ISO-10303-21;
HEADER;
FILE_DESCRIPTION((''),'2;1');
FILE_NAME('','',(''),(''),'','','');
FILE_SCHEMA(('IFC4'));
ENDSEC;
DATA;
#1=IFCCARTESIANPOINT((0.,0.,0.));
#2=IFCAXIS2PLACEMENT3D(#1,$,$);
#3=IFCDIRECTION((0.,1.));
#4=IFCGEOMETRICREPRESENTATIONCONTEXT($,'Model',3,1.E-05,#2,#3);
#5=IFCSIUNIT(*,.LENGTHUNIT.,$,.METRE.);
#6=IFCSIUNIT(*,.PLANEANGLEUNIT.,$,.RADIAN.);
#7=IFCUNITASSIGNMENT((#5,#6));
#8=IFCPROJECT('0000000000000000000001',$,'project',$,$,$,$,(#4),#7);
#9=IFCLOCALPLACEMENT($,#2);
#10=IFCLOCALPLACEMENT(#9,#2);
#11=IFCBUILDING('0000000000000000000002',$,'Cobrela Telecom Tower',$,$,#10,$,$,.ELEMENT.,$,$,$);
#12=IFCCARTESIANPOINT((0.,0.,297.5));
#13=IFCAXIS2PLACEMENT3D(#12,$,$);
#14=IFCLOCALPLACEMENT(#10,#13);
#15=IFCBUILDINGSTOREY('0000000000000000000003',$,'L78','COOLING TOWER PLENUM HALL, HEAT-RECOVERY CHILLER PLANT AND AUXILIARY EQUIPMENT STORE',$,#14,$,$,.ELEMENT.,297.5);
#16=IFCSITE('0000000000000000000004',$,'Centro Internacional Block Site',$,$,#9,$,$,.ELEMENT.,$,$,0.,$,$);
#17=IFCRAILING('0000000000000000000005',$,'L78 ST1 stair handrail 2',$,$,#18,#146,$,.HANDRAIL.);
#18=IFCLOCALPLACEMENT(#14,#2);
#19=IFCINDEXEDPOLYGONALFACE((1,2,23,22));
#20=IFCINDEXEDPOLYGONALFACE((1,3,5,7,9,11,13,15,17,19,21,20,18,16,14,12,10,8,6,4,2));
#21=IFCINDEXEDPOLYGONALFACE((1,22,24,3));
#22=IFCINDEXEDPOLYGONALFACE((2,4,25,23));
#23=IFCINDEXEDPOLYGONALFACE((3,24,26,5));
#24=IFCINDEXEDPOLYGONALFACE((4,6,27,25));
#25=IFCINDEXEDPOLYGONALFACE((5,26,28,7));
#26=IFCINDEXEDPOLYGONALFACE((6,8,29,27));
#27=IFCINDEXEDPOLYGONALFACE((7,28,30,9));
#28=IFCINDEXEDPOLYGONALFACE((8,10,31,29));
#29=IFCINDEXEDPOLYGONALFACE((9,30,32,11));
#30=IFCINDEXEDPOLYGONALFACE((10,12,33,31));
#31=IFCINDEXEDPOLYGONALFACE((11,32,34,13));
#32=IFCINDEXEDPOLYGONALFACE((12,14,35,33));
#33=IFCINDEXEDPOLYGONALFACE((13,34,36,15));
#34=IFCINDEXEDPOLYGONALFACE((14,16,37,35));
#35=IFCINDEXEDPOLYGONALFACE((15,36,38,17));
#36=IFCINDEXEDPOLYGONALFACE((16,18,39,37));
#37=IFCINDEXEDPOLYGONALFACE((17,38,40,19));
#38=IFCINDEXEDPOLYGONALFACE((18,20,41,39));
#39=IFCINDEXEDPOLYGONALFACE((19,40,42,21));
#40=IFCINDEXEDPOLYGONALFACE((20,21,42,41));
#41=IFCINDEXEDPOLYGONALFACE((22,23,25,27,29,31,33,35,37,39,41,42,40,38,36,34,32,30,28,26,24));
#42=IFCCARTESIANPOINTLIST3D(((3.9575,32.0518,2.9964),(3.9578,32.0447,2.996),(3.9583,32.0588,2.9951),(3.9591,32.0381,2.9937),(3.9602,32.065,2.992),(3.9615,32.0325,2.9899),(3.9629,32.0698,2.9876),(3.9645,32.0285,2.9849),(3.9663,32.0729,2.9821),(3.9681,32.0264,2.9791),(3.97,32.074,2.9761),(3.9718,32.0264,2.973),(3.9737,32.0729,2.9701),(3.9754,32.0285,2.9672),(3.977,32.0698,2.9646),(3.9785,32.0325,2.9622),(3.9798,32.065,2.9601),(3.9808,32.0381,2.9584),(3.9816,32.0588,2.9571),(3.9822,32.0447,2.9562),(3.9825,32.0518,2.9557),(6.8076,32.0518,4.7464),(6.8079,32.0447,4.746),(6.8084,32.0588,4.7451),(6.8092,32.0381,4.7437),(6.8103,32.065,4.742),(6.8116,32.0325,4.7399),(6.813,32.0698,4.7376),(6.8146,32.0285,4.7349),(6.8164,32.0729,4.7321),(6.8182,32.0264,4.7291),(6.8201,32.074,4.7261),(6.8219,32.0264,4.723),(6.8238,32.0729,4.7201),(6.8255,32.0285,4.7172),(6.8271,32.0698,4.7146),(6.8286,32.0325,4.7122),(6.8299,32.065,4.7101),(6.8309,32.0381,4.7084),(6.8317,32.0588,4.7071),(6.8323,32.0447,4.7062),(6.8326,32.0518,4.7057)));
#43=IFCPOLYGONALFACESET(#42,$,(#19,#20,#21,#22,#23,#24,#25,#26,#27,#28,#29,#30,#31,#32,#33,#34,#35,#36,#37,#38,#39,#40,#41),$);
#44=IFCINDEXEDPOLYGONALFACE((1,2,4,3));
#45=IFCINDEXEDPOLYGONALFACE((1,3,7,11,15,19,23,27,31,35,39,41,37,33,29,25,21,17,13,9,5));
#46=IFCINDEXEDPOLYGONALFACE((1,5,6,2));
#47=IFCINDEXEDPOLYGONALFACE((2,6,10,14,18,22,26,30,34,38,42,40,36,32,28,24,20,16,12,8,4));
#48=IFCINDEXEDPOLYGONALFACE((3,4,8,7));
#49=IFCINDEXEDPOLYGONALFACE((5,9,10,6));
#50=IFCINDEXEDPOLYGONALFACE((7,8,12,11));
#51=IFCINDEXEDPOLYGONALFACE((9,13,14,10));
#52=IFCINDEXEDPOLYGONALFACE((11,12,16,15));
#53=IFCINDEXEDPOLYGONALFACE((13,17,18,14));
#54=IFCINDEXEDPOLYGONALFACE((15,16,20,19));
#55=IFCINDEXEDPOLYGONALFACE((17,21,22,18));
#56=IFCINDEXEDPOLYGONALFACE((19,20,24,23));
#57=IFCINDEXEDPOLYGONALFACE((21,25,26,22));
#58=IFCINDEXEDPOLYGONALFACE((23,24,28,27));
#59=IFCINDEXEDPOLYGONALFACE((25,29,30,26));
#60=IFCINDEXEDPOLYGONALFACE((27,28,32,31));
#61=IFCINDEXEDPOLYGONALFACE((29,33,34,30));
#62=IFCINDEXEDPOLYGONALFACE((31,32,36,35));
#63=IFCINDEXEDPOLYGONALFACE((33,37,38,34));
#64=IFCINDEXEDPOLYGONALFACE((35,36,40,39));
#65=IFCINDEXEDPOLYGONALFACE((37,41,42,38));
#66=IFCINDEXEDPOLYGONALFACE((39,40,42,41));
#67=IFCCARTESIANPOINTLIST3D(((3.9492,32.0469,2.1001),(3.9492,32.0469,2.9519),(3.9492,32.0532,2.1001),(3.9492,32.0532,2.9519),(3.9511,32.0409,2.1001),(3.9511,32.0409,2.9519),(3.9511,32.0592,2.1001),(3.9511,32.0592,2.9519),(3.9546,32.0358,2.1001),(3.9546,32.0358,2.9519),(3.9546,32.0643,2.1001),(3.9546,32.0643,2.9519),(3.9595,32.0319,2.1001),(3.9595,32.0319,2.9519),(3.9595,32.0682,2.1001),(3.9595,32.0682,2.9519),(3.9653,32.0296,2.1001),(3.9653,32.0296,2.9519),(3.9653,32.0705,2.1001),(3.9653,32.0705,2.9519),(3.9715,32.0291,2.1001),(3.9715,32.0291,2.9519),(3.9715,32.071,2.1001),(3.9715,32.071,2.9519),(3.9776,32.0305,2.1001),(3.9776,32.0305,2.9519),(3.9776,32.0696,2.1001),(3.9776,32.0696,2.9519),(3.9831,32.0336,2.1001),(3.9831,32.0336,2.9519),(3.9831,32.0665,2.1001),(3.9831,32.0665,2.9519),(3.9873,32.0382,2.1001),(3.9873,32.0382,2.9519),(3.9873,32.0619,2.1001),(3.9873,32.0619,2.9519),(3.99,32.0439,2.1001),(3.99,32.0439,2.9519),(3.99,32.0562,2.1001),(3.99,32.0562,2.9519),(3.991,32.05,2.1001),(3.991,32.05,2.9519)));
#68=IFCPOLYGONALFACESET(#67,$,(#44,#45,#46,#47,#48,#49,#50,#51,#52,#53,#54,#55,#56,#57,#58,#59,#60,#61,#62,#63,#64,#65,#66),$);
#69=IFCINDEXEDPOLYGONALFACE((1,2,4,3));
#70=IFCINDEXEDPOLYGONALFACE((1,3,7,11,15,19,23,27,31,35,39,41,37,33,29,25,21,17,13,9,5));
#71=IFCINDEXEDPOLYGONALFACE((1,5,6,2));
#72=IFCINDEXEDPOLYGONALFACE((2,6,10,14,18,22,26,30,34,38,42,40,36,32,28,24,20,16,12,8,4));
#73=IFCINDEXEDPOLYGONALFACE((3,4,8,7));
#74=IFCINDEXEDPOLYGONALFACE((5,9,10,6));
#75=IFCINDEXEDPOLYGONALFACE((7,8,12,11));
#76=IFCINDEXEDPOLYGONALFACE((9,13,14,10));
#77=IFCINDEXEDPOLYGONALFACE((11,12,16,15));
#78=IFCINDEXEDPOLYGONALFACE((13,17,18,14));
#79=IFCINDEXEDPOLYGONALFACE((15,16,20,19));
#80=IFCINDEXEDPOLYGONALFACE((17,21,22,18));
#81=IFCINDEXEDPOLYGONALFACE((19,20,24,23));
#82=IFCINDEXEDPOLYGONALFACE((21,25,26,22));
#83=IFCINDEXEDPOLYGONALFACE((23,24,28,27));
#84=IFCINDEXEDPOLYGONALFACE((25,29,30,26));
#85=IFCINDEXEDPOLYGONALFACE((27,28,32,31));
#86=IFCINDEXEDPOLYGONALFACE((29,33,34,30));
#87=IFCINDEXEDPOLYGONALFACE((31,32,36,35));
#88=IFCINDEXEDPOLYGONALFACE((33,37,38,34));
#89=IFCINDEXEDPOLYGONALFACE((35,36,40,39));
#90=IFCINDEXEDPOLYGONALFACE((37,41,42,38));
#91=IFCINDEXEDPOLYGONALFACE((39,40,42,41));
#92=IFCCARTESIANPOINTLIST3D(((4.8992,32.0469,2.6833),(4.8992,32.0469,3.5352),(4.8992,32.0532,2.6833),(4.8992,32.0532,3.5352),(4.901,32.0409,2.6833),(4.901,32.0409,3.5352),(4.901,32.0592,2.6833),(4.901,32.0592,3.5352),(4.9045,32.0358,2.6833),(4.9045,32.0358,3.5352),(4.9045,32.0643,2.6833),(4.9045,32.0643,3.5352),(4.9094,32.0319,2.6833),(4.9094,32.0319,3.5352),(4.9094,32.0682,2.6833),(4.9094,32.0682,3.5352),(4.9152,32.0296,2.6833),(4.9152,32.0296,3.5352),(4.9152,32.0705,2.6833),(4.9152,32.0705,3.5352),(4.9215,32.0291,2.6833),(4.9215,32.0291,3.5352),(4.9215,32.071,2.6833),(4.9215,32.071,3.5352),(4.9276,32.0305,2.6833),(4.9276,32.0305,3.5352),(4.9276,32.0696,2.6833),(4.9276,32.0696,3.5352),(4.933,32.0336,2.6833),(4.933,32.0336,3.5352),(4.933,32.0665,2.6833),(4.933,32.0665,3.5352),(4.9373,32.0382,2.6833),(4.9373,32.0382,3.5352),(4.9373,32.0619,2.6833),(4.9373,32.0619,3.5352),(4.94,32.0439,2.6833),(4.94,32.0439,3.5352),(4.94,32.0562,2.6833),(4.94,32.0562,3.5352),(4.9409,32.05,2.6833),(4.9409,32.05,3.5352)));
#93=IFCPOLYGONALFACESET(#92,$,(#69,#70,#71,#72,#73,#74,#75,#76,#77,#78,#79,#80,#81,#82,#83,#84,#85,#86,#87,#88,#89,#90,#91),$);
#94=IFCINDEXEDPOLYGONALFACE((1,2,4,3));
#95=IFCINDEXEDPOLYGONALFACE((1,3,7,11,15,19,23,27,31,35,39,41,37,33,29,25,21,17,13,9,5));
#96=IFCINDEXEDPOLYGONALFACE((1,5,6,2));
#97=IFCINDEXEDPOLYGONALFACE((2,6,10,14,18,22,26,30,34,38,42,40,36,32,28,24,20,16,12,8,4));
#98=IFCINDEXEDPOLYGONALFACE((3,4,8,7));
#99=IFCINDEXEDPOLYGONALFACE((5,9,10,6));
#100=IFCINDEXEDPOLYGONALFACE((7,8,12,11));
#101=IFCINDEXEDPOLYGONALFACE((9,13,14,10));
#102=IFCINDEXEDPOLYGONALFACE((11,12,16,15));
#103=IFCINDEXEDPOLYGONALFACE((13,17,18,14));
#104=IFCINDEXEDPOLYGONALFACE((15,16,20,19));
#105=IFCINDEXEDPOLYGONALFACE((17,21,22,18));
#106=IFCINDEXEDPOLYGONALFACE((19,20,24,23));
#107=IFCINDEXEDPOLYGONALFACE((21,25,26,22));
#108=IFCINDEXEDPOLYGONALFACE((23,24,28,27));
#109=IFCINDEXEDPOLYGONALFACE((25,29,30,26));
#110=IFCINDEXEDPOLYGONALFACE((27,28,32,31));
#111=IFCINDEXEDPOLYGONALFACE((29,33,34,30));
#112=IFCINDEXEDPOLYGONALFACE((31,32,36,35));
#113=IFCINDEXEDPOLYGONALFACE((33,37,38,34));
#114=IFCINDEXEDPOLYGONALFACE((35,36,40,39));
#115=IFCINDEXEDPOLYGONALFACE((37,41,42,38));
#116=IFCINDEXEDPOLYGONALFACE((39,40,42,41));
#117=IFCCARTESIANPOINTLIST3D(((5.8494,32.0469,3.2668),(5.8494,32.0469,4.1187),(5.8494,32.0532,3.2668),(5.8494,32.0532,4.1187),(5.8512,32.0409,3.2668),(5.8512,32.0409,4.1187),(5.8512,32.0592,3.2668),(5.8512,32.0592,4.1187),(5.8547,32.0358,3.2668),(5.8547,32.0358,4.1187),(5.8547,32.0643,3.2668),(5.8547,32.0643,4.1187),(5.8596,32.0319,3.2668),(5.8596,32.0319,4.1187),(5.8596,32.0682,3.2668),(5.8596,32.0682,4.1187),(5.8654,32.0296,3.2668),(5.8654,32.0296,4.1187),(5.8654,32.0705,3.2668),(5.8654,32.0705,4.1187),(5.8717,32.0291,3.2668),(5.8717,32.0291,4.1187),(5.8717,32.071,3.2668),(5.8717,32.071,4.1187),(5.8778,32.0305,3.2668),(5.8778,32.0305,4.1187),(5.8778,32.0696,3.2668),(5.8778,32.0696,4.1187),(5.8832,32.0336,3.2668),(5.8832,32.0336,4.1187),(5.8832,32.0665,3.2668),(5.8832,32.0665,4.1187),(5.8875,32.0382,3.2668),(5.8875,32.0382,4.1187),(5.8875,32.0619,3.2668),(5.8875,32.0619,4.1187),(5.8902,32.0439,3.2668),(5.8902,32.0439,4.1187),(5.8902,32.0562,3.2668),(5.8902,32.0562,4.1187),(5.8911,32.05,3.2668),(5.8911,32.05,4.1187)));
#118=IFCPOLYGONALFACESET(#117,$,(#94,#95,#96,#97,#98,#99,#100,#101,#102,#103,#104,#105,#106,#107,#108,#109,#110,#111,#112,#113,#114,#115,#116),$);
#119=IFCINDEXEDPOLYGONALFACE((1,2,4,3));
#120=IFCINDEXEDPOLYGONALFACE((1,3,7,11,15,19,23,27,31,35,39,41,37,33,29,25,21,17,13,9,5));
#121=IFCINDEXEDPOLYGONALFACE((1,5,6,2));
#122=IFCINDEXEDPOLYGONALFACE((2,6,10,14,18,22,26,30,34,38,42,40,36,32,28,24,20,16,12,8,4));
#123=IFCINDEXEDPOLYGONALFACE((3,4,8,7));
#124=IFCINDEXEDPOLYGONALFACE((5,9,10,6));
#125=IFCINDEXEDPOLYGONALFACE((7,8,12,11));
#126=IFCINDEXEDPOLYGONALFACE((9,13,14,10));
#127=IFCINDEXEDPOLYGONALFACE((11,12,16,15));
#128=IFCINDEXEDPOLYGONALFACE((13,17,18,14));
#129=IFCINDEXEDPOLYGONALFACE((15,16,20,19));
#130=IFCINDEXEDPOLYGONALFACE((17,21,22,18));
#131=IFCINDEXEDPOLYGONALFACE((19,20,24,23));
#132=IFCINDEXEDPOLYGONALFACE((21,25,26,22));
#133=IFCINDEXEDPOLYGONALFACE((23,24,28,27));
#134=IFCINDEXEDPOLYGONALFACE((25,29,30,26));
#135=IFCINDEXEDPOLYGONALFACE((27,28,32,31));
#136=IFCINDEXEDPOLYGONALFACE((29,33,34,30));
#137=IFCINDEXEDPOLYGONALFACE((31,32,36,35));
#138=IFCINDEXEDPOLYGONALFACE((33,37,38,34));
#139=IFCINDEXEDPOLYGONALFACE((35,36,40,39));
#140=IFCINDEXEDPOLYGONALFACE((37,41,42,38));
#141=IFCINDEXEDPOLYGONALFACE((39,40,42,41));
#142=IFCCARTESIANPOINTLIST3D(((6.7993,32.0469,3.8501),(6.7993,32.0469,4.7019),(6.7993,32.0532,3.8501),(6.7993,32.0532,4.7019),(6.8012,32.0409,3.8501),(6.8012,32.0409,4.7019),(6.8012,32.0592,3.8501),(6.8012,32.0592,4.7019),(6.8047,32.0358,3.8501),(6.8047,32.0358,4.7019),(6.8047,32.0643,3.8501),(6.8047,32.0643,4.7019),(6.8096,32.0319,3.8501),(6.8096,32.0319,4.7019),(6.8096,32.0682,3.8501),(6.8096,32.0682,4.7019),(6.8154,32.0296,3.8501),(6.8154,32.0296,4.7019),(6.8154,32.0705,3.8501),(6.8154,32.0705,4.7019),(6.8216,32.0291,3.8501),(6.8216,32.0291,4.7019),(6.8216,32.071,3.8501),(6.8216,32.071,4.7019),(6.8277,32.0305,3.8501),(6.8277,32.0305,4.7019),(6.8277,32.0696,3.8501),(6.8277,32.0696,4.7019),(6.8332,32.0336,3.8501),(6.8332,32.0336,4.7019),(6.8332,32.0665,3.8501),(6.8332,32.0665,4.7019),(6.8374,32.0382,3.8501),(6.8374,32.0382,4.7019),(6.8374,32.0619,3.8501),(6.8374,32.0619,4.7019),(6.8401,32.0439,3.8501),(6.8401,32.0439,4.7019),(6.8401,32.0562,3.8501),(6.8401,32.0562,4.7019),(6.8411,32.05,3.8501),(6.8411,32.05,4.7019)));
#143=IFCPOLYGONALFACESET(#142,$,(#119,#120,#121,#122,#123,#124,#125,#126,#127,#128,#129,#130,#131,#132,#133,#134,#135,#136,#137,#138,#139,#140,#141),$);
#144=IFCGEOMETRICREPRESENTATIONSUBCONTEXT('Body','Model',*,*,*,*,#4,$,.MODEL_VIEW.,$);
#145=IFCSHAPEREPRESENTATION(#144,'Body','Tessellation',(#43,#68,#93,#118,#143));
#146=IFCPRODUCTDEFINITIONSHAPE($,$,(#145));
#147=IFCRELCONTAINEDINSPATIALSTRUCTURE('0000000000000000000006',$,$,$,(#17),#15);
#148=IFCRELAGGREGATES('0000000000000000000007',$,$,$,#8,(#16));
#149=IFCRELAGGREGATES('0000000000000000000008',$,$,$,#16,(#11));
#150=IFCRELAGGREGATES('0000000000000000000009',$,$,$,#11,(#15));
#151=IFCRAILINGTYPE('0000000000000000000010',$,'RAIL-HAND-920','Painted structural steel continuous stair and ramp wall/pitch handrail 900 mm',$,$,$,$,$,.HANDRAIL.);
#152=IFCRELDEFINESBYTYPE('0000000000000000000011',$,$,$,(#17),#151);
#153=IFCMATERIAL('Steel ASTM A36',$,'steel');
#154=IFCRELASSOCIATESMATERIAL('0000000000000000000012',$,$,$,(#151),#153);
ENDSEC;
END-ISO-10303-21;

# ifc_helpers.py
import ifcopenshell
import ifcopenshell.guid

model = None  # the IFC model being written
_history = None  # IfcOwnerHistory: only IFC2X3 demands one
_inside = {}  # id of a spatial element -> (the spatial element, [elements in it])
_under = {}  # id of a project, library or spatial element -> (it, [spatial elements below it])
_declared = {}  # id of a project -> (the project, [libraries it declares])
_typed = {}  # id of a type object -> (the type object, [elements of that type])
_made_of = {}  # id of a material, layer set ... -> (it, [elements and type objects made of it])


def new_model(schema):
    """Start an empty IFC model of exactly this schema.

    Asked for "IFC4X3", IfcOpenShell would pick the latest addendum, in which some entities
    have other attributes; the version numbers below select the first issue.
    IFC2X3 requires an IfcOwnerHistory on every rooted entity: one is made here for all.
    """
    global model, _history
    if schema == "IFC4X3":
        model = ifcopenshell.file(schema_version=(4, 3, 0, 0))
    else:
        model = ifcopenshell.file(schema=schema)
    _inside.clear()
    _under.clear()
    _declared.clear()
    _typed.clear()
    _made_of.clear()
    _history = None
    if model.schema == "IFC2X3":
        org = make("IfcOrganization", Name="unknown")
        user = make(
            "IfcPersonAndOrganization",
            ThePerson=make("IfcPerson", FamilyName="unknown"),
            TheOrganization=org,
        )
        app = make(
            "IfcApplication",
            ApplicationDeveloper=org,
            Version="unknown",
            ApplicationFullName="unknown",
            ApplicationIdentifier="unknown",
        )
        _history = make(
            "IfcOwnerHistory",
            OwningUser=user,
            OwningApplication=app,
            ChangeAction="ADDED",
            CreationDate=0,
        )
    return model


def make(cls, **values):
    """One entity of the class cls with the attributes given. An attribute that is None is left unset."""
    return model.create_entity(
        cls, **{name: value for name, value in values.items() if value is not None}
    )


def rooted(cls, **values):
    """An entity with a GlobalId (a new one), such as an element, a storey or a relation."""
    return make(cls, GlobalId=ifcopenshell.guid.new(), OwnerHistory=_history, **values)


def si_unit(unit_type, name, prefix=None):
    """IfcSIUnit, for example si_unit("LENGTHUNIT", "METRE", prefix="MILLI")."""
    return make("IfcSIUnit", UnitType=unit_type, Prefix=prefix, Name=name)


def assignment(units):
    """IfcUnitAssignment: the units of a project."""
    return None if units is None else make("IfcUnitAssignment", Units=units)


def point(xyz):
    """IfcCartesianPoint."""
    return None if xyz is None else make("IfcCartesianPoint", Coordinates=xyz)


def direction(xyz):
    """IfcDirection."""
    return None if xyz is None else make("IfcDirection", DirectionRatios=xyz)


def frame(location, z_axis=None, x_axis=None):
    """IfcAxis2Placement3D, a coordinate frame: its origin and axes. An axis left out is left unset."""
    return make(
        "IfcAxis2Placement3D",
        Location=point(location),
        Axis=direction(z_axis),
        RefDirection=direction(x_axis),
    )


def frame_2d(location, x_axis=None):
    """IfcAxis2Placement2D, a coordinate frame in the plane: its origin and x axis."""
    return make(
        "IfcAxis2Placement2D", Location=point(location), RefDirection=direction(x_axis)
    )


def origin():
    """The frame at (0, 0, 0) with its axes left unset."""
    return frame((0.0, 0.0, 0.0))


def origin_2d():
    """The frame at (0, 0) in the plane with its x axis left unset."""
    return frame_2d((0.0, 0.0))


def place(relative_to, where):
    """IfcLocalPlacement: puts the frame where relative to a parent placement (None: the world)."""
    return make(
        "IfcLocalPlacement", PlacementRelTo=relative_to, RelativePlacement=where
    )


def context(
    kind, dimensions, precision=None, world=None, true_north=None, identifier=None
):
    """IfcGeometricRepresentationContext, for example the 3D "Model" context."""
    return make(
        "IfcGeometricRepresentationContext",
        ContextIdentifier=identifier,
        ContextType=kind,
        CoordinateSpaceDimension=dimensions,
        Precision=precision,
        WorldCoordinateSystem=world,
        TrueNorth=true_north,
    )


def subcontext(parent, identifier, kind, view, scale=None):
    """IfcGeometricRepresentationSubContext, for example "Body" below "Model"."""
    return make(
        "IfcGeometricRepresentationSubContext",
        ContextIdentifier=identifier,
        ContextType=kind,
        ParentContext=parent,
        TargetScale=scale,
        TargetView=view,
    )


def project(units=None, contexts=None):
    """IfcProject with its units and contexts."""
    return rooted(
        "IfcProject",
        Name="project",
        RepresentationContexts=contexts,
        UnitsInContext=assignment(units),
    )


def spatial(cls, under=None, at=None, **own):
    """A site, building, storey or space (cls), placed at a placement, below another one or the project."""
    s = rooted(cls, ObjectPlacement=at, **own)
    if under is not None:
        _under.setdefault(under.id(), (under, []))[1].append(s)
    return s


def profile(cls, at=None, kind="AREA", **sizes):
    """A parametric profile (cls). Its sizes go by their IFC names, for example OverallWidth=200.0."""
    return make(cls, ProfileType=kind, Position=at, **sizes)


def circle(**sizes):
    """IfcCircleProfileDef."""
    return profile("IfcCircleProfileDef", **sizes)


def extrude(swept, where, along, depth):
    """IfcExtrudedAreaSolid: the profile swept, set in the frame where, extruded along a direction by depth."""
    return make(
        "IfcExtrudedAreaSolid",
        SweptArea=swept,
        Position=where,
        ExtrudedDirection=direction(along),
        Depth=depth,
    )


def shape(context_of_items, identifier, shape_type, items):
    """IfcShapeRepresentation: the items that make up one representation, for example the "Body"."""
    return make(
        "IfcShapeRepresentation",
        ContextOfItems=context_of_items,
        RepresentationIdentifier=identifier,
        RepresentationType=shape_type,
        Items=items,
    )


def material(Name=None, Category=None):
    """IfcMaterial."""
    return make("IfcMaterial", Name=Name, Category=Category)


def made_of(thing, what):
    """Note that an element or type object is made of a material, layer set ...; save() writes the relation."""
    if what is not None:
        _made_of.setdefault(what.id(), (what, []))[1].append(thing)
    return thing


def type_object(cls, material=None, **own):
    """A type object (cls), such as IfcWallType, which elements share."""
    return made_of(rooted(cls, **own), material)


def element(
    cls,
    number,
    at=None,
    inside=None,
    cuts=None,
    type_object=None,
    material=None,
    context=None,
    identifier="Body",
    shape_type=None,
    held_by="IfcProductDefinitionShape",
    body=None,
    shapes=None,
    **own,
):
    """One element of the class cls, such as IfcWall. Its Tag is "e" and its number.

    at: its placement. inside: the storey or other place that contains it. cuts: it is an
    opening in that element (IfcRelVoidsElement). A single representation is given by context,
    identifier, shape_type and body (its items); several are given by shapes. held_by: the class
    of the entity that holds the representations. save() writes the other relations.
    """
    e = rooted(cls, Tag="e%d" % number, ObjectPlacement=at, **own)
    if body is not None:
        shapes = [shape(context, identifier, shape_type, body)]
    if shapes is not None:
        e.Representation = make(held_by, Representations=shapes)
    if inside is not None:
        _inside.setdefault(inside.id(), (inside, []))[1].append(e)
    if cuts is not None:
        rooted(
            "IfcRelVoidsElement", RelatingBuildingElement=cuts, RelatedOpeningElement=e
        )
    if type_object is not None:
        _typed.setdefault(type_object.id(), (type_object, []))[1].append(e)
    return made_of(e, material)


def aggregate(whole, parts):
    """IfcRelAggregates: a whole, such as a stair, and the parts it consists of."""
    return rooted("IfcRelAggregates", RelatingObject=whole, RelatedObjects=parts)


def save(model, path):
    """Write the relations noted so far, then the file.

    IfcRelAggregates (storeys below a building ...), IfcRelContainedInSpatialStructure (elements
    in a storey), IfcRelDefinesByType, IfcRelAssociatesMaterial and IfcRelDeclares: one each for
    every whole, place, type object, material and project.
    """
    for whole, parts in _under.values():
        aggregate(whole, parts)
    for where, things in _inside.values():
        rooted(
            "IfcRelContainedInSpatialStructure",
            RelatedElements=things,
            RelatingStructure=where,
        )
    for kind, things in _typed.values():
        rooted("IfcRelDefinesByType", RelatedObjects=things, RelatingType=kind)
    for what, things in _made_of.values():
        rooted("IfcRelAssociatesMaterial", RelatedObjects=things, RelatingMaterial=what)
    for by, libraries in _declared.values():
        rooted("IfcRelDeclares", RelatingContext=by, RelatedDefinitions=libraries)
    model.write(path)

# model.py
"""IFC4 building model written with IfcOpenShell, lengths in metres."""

from ifc_helpers import new_model, si_unit, direction, frame, origin, origin_2d, place, context, subcontext, project, spatial, circle, extrude, material, type_object, element, save


model = new_model("IFC4")

# Units and contexts
model_context = context("Model", 3, precision=1e-05, world=origin(), true_north=direction((0.0, 1.0)))
body_context = subcontext(model_context, "Body", "Model", "MODEL_VIEW")
ifc_project = project(units=[si_unit("LENGTHUNIT", "METRE"), si_unit("PLANEANGLEUNIT", "RADIAN")], contexts=[model_context])

# Site, building, storey
site_placement = place(None, origin())
site = spatial("IfcSite", under=ifc_project, at=site_placement, Name="Centro Internacional Block Site", CompositionType="ELEMENT", RefElevation=0.0)
building_placement = place(site_placement, origin())
building = spatial("IfcBuilding", under=site, at=building_placement, Name="Cobrela Telecom Tower", CompositionType="ELEMENT")
storey_placement = place(building_placement, frame((0.0, 0.0, 297.5)))
storey = spatial("IfcBuildingStorey", under=building, at=storey_placement, Name="L78", Description="COOLING TOWER PLENUM HALL, HEAT-RECOVERY CHILLER PLANT AND AUXILIARY EQUIPMENT STORE", CompositionType="ELEMENT", Elevation=297.5)

# Shared definitions
ifc_material_1 = material(Name="Steel ASTM A36", Category="steel")

# Railing
railing_type = type_object("IfcRailingType", Name="RAIL-HAND-920", Description="Painted structural steel continuous stair and ramp wall/pitch handrail 900 mm", PredefinedType="HANDRAIL", material=ifc_material_1)
railing_placement = place(storey_placement, frame((3.97, 32.05, 2.1001)))
element("IfcRailing", 1, at=railing_placement, inside=storey, type_object=railing_type, Name="L78 ST1 stair handrail 2", PredefinedType="HANDRAIL", context=body_context, shape_type="SweptSolid", body=[
    extrude(circle(Radius=0.0239, at=origin_2d()), frame((0.0, 0.0, 0.876), z_axis=(0.852179, 0.0, 0.52325), x_axis=(0.0, 1.0, 0.0)), (0.0, 0.0, 1.0), 3.3445),
    extrude(circle(Radius=0.021, at=origin_2d()), origin(), (0.0, 0.0, 1.0), 0.8518),
    extrude(circle(Radius=0.021, at=origin_2d()), frame((0.95, 0.0, 0.5833)), (0.0, 0.0, 1.0), 0.8518),
    extrude(circle(Radius=0.021, at=origin_2d()), frame((1.9001, 0.0, 1.1667)), (0.0, 0.0, 1.0), 0.8518),
    extrude(circle(Radius=0.021, at=origin_2d()), frame((2.8501, 0.0, 1.75)), (0.0, 0.0, 1.0), 0.8518),
])

save(model, "model.ifc")
